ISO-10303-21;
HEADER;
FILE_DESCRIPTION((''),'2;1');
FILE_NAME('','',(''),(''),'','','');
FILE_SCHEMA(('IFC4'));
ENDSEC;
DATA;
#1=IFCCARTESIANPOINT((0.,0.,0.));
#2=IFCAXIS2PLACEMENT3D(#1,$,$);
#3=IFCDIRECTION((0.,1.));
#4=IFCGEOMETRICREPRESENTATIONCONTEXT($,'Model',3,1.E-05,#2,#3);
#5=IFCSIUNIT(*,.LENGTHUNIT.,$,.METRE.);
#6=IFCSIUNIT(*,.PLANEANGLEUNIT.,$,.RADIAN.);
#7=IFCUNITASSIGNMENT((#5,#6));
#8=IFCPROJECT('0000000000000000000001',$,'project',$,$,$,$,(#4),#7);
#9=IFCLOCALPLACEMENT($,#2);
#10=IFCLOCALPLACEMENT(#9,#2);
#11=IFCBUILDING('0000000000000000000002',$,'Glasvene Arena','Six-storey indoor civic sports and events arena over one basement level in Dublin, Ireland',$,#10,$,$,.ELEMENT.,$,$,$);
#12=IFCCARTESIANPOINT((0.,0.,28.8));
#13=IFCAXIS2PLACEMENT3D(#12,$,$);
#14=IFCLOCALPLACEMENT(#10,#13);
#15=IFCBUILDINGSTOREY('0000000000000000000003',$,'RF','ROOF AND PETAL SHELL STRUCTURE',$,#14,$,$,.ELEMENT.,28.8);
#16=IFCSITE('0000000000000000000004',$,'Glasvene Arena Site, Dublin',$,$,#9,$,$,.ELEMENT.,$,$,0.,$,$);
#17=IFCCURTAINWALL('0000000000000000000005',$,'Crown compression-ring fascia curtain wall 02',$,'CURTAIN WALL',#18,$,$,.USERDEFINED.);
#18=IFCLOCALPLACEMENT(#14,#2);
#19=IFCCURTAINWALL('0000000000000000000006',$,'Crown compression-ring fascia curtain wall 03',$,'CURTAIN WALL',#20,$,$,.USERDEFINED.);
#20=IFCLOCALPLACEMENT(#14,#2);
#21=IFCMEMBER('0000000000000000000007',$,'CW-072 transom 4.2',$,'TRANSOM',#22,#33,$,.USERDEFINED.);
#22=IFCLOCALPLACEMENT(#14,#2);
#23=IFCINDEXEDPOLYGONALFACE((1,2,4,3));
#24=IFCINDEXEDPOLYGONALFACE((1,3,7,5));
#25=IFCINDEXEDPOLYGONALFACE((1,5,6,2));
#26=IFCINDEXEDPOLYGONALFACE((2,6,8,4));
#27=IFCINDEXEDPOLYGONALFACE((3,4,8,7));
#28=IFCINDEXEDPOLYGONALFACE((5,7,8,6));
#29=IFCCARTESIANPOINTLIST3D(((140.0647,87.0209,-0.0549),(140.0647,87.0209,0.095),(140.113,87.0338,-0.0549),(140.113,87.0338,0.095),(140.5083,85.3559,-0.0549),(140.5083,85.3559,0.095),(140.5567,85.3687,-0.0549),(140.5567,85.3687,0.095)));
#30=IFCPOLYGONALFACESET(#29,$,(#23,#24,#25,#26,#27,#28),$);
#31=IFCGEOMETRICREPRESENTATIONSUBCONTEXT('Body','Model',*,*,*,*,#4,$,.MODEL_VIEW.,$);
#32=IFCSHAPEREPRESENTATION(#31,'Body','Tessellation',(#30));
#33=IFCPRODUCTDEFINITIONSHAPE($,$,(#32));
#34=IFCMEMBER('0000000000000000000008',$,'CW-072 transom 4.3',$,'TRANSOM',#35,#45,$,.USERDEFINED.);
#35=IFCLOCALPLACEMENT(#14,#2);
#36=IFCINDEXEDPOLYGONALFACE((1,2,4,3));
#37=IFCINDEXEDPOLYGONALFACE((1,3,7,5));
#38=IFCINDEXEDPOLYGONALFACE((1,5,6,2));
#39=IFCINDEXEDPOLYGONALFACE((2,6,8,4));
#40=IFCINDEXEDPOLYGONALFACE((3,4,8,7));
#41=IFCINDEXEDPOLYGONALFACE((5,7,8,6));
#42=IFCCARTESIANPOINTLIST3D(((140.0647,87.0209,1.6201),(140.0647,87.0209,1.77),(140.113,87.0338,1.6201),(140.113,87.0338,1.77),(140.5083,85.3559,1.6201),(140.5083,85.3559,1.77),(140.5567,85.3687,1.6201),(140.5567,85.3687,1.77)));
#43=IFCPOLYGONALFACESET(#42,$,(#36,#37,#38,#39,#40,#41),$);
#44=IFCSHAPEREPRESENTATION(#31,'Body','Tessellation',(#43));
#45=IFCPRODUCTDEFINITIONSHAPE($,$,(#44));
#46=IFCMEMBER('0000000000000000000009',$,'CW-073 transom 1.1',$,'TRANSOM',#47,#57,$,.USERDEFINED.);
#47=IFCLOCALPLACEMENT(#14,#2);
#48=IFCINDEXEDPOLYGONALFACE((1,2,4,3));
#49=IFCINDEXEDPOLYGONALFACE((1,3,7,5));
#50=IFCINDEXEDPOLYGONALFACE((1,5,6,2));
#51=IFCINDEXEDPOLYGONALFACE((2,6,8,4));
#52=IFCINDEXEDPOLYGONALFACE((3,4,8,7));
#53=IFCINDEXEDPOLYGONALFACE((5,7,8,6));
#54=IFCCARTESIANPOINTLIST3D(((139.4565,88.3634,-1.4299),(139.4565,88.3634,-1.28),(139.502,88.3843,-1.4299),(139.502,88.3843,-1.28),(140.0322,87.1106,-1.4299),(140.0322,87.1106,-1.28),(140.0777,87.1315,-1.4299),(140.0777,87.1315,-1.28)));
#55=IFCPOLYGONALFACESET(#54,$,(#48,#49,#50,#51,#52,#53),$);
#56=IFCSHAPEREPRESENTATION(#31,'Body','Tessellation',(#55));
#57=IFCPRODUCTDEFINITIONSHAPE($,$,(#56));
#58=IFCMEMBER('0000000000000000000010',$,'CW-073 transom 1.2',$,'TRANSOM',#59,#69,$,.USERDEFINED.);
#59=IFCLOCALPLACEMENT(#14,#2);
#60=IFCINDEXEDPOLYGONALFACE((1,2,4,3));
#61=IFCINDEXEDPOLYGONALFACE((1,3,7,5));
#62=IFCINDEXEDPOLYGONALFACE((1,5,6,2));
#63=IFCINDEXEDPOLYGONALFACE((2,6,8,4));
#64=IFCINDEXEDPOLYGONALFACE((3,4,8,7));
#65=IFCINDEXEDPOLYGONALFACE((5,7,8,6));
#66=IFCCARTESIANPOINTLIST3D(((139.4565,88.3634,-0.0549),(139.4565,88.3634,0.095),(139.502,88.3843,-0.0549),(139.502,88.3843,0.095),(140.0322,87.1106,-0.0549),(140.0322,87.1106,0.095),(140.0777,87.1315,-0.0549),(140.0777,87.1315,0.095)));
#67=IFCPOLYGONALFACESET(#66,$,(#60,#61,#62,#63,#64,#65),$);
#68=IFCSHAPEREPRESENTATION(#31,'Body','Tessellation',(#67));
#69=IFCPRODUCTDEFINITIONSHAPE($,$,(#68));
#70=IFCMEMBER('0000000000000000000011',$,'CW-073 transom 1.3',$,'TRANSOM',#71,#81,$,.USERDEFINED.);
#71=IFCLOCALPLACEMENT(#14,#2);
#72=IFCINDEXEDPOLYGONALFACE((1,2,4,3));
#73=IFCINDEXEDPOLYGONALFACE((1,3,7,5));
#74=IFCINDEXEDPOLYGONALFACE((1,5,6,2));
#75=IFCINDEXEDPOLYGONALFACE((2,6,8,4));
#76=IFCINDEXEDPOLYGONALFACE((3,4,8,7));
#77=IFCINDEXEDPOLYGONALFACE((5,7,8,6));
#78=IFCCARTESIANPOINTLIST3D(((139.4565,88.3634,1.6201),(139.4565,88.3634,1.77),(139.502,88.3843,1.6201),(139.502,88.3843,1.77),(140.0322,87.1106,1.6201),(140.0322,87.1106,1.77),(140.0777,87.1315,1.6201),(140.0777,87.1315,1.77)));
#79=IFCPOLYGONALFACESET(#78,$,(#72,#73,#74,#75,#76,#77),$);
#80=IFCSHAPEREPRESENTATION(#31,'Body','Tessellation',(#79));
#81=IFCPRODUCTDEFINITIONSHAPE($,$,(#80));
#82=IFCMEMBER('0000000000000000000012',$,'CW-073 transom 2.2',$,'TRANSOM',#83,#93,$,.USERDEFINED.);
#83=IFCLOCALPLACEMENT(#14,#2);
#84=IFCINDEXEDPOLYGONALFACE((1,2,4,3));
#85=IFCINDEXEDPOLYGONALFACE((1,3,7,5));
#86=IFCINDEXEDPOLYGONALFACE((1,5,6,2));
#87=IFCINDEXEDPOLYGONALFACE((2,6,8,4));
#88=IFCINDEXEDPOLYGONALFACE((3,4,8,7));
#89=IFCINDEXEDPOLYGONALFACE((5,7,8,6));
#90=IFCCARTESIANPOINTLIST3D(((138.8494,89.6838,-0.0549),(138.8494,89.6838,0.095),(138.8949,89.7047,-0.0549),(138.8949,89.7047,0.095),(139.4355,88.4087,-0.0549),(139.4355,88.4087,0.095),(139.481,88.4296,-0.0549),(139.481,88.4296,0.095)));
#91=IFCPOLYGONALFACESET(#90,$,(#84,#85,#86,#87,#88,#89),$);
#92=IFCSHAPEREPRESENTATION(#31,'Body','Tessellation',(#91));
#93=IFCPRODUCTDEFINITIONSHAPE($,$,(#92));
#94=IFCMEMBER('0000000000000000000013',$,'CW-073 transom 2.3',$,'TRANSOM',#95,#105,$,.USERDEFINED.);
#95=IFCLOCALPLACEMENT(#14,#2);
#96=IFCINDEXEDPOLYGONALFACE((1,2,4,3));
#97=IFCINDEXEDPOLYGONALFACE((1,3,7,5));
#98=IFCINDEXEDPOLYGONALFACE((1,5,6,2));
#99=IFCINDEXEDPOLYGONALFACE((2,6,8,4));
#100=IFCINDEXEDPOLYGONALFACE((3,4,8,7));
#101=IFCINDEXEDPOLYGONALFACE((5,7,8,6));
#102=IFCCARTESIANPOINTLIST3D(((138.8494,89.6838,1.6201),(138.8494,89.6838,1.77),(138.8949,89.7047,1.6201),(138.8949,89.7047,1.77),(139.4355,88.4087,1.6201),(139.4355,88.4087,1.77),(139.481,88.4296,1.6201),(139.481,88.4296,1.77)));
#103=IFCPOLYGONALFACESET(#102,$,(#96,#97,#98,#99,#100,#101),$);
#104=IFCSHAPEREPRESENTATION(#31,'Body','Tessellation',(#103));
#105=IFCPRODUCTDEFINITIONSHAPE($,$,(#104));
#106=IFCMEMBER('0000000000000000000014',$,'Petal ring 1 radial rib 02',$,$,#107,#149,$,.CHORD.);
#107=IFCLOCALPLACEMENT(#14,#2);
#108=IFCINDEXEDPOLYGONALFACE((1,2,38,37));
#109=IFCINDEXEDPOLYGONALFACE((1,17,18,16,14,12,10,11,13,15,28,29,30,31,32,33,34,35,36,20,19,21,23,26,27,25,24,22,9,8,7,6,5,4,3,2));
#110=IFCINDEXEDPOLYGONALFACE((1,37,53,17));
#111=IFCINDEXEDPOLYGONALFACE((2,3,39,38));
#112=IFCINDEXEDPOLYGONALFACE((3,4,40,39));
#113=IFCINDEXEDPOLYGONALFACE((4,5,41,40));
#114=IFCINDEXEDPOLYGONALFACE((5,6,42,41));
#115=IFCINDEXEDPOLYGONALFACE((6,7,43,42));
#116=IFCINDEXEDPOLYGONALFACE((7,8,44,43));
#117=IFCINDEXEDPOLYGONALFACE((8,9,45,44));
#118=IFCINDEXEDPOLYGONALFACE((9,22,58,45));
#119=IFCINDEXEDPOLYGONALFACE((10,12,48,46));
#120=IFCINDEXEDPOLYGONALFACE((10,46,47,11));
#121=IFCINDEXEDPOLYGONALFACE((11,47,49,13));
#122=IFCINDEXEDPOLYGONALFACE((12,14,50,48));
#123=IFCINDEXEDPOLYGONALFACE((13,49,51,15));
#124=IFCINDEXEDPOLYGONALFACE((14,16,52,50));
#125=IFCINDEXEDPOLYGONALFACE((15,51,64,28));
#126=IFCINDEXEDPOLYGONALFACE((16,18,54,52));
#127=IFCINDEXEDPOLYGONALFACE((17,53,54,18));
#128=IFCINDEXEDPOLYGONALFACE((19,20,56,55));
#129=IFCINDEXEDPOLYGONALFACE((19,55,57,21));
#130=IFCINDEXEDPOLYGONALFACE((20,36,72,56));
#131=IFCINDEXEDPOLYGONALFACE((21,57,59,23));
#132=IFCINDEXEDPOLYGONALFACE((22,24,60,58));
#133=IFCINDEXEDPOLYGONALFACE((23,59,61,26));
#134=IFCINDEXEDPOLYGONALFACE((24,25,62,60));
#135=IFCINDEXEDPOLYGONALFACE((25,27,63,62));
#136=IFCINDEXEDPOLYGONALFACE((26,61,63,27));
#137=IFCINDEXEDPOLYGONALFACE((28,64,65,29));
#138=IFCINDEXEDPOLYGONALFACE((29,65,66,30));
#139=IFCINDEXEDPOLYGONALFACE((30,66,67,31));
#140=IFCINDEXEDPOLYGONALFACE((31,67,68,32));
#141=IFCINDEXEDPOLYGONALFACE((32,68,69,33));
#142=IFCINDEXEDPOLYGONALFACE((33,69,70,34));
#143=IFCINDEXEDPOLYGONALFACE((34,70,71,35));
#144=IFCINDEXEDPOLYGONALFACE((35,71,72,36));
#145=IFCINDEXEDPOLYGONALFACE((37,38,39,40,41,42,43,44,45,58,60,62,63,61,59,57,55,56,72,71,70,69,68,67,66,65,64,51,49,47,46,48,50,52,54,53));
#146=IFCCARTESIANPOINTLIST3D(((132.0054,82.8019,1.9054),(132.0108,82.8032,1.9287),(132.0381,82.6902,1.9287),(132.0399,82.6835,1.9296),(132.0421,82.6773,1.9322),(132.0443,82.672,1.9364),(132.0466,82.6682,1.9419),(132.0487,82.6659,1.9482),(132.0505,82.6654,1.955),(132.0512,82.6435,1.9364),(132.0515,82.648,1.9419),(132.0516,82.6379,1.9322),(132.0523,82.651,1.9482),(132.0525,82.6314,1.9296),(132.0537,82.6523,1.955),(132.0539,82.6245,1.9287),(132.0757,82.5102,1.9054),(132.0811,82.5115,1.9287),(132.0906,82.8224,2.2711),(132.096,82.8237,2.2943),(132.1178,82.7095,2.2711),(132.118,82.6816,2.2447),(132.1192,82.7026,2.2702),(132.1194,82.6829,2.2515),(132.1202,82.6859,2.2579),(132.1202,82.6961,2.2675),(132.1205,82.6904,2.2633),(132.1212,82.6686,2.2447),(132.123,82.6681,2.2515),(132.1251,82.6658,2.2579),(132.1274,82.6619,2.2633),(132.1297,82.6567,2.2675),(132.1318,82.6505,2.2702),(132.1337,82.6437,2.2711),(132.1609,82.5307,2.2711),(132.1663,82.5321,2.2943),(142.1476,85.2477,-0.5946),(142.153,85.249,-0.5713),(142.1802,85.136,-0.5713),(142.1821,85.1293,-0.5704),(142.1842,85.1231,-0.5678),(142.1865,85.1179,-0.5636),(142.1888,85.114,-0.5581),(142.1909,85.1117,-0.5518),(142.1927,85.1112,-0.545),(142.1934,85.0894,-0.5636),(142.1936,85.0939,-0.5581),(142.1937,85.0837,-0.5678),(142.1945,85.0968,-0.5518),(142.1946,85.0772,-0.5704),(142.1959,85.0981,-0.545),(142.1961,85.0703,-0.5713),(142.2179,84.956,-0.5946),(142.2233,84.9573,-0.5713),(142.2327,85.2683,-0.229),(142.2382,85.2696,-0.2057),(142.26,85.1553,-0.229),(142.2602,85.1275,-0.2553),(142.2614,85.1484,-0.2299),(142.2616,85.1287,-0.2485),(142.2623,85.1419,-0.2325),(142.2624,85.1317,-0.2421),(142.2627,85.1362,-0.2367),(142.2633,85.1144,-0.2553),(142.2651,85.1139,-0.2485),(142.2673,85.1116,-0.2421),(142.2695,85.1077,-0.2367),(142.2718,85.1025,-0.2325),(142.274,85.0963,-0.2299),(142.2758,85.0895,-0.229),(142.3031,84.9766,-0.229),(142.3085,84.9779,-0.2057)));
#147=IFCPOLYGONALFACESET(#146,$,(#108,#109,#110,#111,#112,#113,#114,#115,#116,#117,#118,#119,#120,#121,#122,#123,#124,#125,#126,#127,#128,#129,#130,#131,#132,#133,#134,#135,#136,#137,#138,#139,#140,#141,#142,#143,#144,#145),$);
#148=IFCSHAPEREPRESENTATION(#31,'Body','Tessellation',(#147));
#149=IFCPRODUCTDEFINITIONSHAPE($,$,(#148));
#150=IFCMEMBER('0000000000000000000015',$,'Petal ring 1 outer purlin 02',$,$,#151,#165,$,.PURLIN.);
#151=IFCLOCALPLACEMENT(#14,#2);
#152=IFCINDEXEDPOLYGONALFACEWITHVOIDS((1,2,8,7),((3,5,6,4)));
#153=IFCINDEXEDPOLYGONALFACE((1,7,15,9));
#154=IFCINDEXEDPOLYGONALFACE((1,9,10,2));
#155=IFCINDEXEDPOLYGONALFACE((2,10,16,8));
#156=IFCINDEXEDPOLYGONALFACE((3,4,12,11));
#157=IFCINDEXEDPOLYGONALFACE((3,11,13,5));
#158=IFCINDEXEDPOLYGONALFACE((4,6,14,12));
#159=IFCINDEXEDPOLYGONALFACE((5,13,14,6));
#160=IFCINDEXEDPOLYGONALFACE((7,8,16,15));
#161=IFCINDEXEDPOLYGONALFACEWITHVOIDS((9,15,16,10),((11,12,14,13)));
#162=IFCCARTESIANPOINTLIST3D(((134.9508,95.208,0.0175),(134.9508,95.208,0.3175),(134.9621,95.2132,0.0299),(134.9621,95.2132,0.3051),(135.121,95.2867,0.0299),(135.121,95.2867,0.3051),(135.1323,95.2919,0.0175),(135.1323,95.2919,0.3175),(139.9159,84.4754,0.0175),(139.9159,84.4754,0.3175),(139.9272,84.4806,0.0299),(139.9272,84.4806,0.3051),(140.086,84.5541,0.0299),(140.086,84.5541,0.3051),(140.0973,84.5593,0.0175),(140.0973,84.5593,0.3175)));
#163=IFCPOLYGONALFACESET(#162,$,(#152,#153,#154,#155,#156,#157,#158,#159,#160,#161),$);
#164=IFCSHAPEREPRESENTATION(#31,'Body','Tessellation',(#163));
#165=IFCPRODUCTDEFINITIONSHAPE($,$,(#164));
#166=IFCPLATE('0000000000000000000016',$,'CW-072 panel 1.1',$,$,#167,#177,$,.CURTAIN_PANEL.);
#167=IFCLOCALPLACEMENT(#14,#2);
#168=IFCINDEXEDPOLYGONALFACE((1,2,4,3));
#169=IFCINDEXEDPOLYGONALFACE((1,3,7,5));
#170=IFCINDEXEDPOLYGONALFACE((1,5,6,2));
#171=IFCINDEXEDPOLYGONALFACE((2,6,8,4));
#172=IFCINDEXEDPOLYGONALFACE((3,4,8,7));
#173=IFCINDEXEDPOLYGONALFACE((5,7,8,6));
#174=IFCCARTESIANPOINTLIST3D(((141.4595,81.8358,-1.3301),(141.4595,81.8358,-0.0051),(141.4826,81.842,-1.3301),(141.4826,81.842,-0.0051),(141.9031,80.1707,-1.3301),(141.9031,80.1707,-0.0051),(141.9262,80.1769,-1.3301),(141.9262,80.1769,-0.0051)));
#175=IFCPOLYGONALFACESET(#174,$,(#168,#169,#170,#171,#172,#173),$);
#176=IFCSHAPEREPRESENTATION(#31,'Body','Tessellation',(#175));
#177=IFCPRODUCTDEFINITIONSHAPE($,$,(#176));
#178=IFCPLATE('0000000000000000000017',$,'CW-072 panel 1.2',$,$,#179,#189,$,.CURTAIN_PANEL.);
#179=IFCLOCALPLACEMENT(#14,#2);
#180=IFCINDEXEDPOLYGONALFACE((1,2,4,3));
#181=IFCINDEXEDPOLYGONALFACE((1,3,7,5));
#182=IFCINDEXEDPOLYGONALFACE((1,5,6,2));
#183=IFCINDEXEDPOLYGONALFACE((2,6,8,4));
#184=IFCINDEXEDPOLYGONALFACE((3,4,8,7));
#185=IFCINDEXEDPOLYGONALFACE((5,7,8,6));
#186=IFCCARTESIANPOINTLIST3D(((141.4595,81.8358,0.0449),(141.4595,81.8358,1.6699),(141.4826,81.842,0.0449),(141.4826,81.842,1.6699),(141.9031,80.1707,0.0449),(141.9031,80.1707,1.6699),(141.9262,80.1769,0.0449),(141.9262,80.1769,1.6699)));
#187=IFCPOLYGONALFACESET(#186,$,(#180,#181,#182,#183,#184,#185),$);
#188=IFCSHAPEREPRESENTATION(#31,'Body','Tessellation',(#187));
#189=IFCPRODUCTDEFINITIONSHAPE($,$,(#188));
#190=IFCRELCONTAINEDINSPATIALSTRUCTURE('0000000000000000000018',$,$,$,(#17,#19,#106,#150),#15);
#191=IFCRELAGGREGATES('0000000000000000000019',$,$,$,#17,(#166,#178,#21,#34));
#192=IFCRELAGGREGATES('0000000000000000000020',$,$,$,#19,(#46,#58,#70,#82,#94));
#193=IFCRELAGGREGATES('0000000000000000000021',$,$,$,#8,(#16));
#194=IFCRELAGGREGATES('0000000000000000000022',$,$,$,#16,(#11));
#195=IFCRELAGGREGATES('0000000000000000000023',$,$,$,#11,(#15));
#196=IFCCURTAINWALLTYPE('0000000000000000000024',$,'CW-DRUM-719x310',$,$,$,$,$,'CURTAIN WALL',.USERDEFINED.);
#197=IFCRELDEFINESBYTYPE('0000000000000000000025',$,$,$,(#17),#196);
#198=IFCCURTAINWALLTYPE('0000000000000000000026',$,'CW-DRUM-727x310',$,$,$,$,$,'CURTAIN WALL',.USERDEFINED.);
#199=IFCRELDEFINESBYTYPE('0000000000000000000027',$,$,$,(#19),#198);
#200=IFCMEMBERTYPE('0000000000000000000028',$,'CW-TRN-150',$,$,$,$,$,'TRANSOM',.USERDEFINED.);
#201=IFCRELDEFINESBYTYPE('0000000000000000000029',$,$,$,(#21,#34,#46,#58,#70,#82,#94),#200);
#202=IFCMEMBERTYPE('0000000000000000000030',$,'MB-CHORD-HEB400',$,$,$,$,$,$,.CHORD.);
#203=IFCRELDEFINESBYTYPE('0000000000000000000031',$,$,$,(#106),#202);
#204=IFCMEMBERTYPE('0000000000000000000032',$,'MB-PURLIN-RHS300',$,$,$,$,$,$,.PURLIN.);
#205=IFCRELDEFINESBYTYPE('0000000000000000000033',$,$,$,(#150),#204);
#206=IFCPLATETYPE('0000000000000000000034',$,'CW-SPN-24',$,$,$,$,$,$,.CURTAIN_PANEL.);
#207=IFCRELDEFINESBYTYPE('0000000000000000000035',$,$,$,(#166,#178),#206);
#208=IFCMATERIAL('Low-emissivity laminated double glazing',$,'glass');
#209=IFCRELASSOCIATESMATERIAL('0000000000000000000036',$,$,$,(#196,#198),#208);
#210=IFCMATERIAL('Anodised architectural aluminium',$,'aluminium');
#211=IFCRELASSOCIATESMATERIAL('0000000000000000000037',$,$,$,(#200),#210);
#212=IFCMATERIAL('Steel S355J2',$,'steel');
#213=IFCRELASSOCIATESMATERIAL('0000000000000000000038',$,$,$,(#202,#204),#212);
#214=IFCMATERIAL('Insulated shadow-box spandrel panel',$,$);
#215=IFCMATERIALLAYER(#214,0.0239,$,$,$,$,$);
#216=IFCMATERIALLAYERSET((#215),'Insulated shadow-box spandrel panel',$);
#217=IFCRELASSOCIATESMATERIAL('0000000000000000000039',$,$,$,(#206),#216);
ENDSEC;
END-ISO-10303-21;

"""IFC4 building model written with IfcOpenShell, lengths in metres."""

from ifc_helpers import new_model, si_unit, direction, frame, origin, origin_2d, place, context, subcontext, project, spatial, rectangle, hollow_rectangle, i_section, extrude, material, layer, layer_set, material_profile, profile_set, type_object, element, aggregate, save


model = new_model("IFC4")

# Units and contexts
model_context = context("Model", 3, precision=1e-05, world=origin(), true_north=direction((0.0, 1.0)))
body_context = subcontext(model_context, "Body", "Model", "MODEL_VIEW")
ifc_project = project(units=[si_unit("LENGTHUNIT", "METRE"), si_unit("PLANEANGLEUNIT", "RADIAN")], contexts=[model_context])

# Site, building, storey
site_placement = place(None, origin())
site = spatial("IfcSite", under=ifc_project, at=site_placement, Name="Glasvene Arena Site, Dublin", CompositionType="ELEMENT", RefElevation=0.0)
building_placement = place(site_placement, origin())
building = spatial("IfcBuilding", under=site, at=building_placement, Name="Glasvene Arena", Description="Six-storey indoor civic sports and events arena over one basement level in Dublin, Ireland", CompositionType="ELEMENT")
storey_placement = place(building_placement, frame((0.0, 0.0, 28.8)))
storey = spatial("IfcBuildingStorey", under=building, at=storey_placement, Name="RF", Description="ROOF AND PETAL SHELL STRUCTURE", CompositionType="ELEMENT", Elevation=28.8)

# Shared definitions
ifc_material_1 = material(Name="Steel S355J2", Category="steel")

# Curtain walls
ifc_material_2 = material(Name="Low-emissivity laminated double glazing", Category="glass")
curtain_wall_type_1 = type_object("IfcCurtainWallType", Name="CW-DRUM-719x310", ElementType="CURTAIN WALL", PredefinedType="USERDEFINED", material=ifc_material_2)
curtain_wall_1_placement = place(storey_placement, frame((141.9275, 80.1255, 0.0)))
curtain_wall_1 = element("IfcCurtainWall", 1, at=curtain_wall_1_placement, inside=storey, type_object=curtain_wall_type_1, Name="Crown compression-ring fascia curtain wall 02", ObjectType="CURTAIN WALL", PredefinedType="USERDEFINED")
ifc_material_3 = material(Name="Anodised architectural aluminium", Category="aluminium")
curtain_wall_type_2 = type_object("IfcCurtainWallType", Name="CW-DRUM-727x310", ElementType="CURTAIN WALL", PredefinedType="USERDEFINED", material=ifc_material_2)
curtain_wall_2_placement = place(storey_placement, frame((140.0759, 87.0757, 0.0)))
curtain_wall_2 = element("IfcCurtainWall", 2, at=curtain_wall_2_placement, inside=storey, type_object=curtain_wall_type_2, Name="Crown compression-ring fascia curtain wall 03", ObjectType="CURTAIN WALL", PredefinedType="USERDEFINED")

# Members
ifc_material_profile_1 = material_profile(ifc_material_3, rectangle(XDim=0.05, YDim=0.1499, at=origin_2d()), Name="ALU TRANSOM 50x150")
ifc_profile_set_1 = profile_set([ifc_material_profile_1], Name="Anodised architectural aluminium")
member_type_1 = type_object("IfcMemberType", Name="CW-TRN-150", ElementType="TRANSOM", PredefinedType="USERDEFINED", material=ifc_profile_set_1)
member_1_placement = place(storey_placement, frame((140.5325, 85.3623, 0.02), z_axis=(-0.257442, 0.966294, 0.0), x_axis=(-0.966294, -0.257442, 0.0)))
member_1 = element("IfcMember", 3, at=member_1_placement, type_object=member_type_1, Name="CW-072 transom 4.2", ObjectType="TRANSOM", PredefinedType="USERDEFINED", context=body_context, shape_type="SweptSolid", body=[
    extrude(rectangle(XDim=0.05, YDim=0.1499, at=origin_2d()), origin(), (0.0, 0.0, 1.0), 1.7231),
])
member_2_placement = place(storey_placement, frame((140.5325, 85.3623, 1.6951), z_axis=(-0.257442, 0.966294, 0.0), x_axis=(-0.966294, -0.257442, 0.0)))
member_2 = element("IfcMember", 4, at=member_2_placement, type_object=member_type_1, Name="CW-072 transom 4.3", ObjectType="TRANSOM", PredefinedType="USERDEFINED", context=body_context, shape_type="SweptSolid", body=[
    extrude(rectangle(XDim=0.05, YDim=0.1499, at=origin_2d()), origin(), (0.0, 0.0, 1.0), 1.7231),
])
member_3_placement = place(storey_placement, frame((140.0549, 87.1211, -1.355), z_axis=(-0.417575, 0.908642, 0.0), x_axis=(-0.908642, -0.417575, 0.0)))
member_3 = element("IfcMember", 5, at=member_3_placement, type_object=member_type_1, Name="CW-073 transom 1.1", ObjectType="TRANSOM", PredefinedType="USERDEFINED", context=body_context, shape_type="SweptSolid", body=[
    extrude(rectangle(XDim=0.05, YDim=0.1499, at=origin_2d()), origin(), (0.0, 0.0, 1.0), 1.3787),
])
member_4_placement = place(storey_placement, frame((140.0549, 87.1211, 0.02), z_axis=(-0.417575, 0.908642, 0.0), x_axis=(-0.908642, -0.417575, 0.0)))
member_4 = element("IfcMember", 6, at=member_4_placement, type_object=member_type_1, Name="CW-073 transom 1.2", ObjectType="TRANSOM", PredefinedType="USERDEFINED", context=body_context, shape_type="SweptSolid", body=[
    extrude(rectangle(XDim=0.05, YDim=0.1499, at=origin_2d()), origin(), (0.0, 0.0, 1.0), 1.3787),
])
member_5_placement = place(storey_placement, frame((140.0549, 87.1211, 1.6951), z_axis=(-0.417575, 0.908642, 0.0), x_axis=(-0.908642, -0.417575, 0.0)))
member_5 = element("IfcMember", 7, at=member_5_placement, type_object=member_type_1, Name="CW-073 transom 1.3", ObjectType="TRANSOM", PredefinedType="USERDEFINED", context=body_context, shape_type="SweptSolid", body=[
    extrude(rectangle(XDim=0.05, YDim=0.1499, at=origin_2d()), origin(), (0.0, 0.0, 1.0), 1.3787),
])
member_6_placement = place(storey_placement, frame((139.4583, 88.4192, 0.02), z_axis=(-0.417679, 0.908595, 0.0), x_axis=(-0.908595, -0.417679, 0.0)))
member_6 = element("IfcMember", 8, at=member_6_placement, type_object=member_type_1, Name="CW-073 transom 2.2", ObjectType="TRANSOM", PredefinedType="USERDEFINED", context=body_context, shape_type="SweptSolid", body=[
    extrude(rectangle(XDim=0.05, YDim=0.1499, at=origin_2d()), origin(), (0.0, 0.0, 1.0), 1.4033),
])
member_7_placement = place(storey_placement, frame((139.4583, 88.4192, 1.6951), z_axis=(-0.417679, 0.908595, 0.0), x_axis=(-0.908595, -0.417679, 0.0)))
member_7 = element("IfcMember", 9, at=member_7_placement, type_object=member_type_1, Name="CW-073 transom 2.3", ObjectType="TRANSOM", PredefinedType="USERDEFINED", context=body_context, shape_type="SweptSolid", body=[
    extrude(rectangle(XDim=0.05, YDim=0.1499, at=origin_2d()), origin(), (0.0, 0.0, 1.0), 1.4033),
])

# Members
ifc_material_profile_2 = material_profile(ifc_material_1, i_section(OverallWidth=0.3, OverallDepth=0.3999, WebThickness=0.0134, FlangeThickness=0.0239, FilletRadius=0.0271, at=origin_2d()), Name="HEB 400")
ifc_profile_set_2 = profile_set([ifc_material_profile_2], Name="Steel S355J2")
member_type_2 = type_object("IfcMemberType", Name="MB-CHORD-HEB400", PredefinedType="CHORD", material=ifc_profile_set_2)
member_8_placement = place(storey_placement, frame((142.228, 85.1128, -0.4001), z_axis=(-0.945369, -0.227979, 0.233031), x_axis=(0.234433, -0.972132, 0.0)))
element("IfcMember", 10, at=member_8_placement, inside=storey, type_object=member_type_2, Name="Petal ring 1 radial rib 02", PredefinedType="CHORD", context=body_context, shape_type="SweptSolid", body=[
    extrude(i_section(OverallWidth=0.3, OverallDepth=0.3999, WebThickness=0.0134, FlangeThickness=0.0239, FilletRadius=0.0271, at=origin_2d()), origin(), (0.0, 0.0, 1.0), 10.7283),
])
ifc_material_profile_3 = material_profile(ifc_material_1, hollow_rectangle(XDim=0.2, YDim=0.3, WallThickness=0.0125, at=origin_2d()), Name="RHS 300x200x12.5")
ifc_profile_set_3 = profile_set([ifc_material_profile_3], Name="Steel S355J2")
member_type_3 = type_object("IfcMemberType", Name="MB-PURLIN-RHS300", PredefinedType="PURLIN", material=ifc_profile_set_3)
member_9_placement = place(storey_placement, frame((140.0066, 84.5173, 0.1675), z_axis=(-0.419863, 0.907587, 0.0), x_axis=(-0.907587, -0.419863, 0.0)))
element("IfcMember", 11, at=member_9_placement, inside=storey, type_object=member_type_3, Name="Petal ring 1 outer purlin 02", PredefinedType="PURLIN", context=body_context, shape_type="SweptSolid", body=[
    extrude(hollow_rectangle(XDim=0.2, YDim=0.3, WallThickness=0.0125, at=origin_2d()), origin(), (0.0, 0.0, 1.0), 11.8254),
])

# Plates
ifc_material_4 = material(Name="Insulated shadow-box spandrel panel")
ifc_layer_1 = layer(ifc_material_4, 0.0239)
ifc_layer_set_1 = layer_set([ifc_layer_1], Name="Insulated shadow-box spandrel panel")
plate_type_1 = type_object("IfcPlateType", Name="CW-SPN-24", PredefinedType="CURTAIN_PANEL", material=ifc_layer_set_1)
plate_1_placement = place(storey_placement, frame((141.6929, 81.0063, -1.3301), z_axis=(0.0, 0.0, 1.0), x_axis=(-0.257447, 0.966292, 0.0)))
plate_1 = element("IfcPlate", 12, at=plate_1_placement, type_object=plate_type_1, Name="CW-072 panel 1.1", PredefinedType="CURTAIN_PANEL", context=body_context, shape_type="SweptSolid", body=[
    extrude(rectangle(XDim=1.7231, YDim=0.0239, at=origin_2d()), origin(), (0.0, 0.0, 1.0), 1.325),
])
plate_2_placement = place(storey_placement, frame((141.6929, 81.0063, 0.0449), z_axis=(0.0, 0.0, 1.0), x_axis=(-0.257447, 0.966292, 0.0)))
plate_2 = element("IfcPlate", 13, at=plate_2_placement, type_object=plate_type_1, Name="CW-072 panel 1.2", PredefinedType="CURTAIN_PANEL", context=body_context, shape_type="SweptSolid", body=[
    extrude(rectangle(XDim=1.7231, YDim=0.0239, at=origin_2d()), origin(), (0.0, 0.0, 1.0), 1.625),
])
aggregate(curtain_wall_1, [plate_1, plate_2, member_1, member_2])
aggregate(curtain_wall_2, [member_3, member_4, member_5, member_6, member_7])

save(model, "model.ifc")
